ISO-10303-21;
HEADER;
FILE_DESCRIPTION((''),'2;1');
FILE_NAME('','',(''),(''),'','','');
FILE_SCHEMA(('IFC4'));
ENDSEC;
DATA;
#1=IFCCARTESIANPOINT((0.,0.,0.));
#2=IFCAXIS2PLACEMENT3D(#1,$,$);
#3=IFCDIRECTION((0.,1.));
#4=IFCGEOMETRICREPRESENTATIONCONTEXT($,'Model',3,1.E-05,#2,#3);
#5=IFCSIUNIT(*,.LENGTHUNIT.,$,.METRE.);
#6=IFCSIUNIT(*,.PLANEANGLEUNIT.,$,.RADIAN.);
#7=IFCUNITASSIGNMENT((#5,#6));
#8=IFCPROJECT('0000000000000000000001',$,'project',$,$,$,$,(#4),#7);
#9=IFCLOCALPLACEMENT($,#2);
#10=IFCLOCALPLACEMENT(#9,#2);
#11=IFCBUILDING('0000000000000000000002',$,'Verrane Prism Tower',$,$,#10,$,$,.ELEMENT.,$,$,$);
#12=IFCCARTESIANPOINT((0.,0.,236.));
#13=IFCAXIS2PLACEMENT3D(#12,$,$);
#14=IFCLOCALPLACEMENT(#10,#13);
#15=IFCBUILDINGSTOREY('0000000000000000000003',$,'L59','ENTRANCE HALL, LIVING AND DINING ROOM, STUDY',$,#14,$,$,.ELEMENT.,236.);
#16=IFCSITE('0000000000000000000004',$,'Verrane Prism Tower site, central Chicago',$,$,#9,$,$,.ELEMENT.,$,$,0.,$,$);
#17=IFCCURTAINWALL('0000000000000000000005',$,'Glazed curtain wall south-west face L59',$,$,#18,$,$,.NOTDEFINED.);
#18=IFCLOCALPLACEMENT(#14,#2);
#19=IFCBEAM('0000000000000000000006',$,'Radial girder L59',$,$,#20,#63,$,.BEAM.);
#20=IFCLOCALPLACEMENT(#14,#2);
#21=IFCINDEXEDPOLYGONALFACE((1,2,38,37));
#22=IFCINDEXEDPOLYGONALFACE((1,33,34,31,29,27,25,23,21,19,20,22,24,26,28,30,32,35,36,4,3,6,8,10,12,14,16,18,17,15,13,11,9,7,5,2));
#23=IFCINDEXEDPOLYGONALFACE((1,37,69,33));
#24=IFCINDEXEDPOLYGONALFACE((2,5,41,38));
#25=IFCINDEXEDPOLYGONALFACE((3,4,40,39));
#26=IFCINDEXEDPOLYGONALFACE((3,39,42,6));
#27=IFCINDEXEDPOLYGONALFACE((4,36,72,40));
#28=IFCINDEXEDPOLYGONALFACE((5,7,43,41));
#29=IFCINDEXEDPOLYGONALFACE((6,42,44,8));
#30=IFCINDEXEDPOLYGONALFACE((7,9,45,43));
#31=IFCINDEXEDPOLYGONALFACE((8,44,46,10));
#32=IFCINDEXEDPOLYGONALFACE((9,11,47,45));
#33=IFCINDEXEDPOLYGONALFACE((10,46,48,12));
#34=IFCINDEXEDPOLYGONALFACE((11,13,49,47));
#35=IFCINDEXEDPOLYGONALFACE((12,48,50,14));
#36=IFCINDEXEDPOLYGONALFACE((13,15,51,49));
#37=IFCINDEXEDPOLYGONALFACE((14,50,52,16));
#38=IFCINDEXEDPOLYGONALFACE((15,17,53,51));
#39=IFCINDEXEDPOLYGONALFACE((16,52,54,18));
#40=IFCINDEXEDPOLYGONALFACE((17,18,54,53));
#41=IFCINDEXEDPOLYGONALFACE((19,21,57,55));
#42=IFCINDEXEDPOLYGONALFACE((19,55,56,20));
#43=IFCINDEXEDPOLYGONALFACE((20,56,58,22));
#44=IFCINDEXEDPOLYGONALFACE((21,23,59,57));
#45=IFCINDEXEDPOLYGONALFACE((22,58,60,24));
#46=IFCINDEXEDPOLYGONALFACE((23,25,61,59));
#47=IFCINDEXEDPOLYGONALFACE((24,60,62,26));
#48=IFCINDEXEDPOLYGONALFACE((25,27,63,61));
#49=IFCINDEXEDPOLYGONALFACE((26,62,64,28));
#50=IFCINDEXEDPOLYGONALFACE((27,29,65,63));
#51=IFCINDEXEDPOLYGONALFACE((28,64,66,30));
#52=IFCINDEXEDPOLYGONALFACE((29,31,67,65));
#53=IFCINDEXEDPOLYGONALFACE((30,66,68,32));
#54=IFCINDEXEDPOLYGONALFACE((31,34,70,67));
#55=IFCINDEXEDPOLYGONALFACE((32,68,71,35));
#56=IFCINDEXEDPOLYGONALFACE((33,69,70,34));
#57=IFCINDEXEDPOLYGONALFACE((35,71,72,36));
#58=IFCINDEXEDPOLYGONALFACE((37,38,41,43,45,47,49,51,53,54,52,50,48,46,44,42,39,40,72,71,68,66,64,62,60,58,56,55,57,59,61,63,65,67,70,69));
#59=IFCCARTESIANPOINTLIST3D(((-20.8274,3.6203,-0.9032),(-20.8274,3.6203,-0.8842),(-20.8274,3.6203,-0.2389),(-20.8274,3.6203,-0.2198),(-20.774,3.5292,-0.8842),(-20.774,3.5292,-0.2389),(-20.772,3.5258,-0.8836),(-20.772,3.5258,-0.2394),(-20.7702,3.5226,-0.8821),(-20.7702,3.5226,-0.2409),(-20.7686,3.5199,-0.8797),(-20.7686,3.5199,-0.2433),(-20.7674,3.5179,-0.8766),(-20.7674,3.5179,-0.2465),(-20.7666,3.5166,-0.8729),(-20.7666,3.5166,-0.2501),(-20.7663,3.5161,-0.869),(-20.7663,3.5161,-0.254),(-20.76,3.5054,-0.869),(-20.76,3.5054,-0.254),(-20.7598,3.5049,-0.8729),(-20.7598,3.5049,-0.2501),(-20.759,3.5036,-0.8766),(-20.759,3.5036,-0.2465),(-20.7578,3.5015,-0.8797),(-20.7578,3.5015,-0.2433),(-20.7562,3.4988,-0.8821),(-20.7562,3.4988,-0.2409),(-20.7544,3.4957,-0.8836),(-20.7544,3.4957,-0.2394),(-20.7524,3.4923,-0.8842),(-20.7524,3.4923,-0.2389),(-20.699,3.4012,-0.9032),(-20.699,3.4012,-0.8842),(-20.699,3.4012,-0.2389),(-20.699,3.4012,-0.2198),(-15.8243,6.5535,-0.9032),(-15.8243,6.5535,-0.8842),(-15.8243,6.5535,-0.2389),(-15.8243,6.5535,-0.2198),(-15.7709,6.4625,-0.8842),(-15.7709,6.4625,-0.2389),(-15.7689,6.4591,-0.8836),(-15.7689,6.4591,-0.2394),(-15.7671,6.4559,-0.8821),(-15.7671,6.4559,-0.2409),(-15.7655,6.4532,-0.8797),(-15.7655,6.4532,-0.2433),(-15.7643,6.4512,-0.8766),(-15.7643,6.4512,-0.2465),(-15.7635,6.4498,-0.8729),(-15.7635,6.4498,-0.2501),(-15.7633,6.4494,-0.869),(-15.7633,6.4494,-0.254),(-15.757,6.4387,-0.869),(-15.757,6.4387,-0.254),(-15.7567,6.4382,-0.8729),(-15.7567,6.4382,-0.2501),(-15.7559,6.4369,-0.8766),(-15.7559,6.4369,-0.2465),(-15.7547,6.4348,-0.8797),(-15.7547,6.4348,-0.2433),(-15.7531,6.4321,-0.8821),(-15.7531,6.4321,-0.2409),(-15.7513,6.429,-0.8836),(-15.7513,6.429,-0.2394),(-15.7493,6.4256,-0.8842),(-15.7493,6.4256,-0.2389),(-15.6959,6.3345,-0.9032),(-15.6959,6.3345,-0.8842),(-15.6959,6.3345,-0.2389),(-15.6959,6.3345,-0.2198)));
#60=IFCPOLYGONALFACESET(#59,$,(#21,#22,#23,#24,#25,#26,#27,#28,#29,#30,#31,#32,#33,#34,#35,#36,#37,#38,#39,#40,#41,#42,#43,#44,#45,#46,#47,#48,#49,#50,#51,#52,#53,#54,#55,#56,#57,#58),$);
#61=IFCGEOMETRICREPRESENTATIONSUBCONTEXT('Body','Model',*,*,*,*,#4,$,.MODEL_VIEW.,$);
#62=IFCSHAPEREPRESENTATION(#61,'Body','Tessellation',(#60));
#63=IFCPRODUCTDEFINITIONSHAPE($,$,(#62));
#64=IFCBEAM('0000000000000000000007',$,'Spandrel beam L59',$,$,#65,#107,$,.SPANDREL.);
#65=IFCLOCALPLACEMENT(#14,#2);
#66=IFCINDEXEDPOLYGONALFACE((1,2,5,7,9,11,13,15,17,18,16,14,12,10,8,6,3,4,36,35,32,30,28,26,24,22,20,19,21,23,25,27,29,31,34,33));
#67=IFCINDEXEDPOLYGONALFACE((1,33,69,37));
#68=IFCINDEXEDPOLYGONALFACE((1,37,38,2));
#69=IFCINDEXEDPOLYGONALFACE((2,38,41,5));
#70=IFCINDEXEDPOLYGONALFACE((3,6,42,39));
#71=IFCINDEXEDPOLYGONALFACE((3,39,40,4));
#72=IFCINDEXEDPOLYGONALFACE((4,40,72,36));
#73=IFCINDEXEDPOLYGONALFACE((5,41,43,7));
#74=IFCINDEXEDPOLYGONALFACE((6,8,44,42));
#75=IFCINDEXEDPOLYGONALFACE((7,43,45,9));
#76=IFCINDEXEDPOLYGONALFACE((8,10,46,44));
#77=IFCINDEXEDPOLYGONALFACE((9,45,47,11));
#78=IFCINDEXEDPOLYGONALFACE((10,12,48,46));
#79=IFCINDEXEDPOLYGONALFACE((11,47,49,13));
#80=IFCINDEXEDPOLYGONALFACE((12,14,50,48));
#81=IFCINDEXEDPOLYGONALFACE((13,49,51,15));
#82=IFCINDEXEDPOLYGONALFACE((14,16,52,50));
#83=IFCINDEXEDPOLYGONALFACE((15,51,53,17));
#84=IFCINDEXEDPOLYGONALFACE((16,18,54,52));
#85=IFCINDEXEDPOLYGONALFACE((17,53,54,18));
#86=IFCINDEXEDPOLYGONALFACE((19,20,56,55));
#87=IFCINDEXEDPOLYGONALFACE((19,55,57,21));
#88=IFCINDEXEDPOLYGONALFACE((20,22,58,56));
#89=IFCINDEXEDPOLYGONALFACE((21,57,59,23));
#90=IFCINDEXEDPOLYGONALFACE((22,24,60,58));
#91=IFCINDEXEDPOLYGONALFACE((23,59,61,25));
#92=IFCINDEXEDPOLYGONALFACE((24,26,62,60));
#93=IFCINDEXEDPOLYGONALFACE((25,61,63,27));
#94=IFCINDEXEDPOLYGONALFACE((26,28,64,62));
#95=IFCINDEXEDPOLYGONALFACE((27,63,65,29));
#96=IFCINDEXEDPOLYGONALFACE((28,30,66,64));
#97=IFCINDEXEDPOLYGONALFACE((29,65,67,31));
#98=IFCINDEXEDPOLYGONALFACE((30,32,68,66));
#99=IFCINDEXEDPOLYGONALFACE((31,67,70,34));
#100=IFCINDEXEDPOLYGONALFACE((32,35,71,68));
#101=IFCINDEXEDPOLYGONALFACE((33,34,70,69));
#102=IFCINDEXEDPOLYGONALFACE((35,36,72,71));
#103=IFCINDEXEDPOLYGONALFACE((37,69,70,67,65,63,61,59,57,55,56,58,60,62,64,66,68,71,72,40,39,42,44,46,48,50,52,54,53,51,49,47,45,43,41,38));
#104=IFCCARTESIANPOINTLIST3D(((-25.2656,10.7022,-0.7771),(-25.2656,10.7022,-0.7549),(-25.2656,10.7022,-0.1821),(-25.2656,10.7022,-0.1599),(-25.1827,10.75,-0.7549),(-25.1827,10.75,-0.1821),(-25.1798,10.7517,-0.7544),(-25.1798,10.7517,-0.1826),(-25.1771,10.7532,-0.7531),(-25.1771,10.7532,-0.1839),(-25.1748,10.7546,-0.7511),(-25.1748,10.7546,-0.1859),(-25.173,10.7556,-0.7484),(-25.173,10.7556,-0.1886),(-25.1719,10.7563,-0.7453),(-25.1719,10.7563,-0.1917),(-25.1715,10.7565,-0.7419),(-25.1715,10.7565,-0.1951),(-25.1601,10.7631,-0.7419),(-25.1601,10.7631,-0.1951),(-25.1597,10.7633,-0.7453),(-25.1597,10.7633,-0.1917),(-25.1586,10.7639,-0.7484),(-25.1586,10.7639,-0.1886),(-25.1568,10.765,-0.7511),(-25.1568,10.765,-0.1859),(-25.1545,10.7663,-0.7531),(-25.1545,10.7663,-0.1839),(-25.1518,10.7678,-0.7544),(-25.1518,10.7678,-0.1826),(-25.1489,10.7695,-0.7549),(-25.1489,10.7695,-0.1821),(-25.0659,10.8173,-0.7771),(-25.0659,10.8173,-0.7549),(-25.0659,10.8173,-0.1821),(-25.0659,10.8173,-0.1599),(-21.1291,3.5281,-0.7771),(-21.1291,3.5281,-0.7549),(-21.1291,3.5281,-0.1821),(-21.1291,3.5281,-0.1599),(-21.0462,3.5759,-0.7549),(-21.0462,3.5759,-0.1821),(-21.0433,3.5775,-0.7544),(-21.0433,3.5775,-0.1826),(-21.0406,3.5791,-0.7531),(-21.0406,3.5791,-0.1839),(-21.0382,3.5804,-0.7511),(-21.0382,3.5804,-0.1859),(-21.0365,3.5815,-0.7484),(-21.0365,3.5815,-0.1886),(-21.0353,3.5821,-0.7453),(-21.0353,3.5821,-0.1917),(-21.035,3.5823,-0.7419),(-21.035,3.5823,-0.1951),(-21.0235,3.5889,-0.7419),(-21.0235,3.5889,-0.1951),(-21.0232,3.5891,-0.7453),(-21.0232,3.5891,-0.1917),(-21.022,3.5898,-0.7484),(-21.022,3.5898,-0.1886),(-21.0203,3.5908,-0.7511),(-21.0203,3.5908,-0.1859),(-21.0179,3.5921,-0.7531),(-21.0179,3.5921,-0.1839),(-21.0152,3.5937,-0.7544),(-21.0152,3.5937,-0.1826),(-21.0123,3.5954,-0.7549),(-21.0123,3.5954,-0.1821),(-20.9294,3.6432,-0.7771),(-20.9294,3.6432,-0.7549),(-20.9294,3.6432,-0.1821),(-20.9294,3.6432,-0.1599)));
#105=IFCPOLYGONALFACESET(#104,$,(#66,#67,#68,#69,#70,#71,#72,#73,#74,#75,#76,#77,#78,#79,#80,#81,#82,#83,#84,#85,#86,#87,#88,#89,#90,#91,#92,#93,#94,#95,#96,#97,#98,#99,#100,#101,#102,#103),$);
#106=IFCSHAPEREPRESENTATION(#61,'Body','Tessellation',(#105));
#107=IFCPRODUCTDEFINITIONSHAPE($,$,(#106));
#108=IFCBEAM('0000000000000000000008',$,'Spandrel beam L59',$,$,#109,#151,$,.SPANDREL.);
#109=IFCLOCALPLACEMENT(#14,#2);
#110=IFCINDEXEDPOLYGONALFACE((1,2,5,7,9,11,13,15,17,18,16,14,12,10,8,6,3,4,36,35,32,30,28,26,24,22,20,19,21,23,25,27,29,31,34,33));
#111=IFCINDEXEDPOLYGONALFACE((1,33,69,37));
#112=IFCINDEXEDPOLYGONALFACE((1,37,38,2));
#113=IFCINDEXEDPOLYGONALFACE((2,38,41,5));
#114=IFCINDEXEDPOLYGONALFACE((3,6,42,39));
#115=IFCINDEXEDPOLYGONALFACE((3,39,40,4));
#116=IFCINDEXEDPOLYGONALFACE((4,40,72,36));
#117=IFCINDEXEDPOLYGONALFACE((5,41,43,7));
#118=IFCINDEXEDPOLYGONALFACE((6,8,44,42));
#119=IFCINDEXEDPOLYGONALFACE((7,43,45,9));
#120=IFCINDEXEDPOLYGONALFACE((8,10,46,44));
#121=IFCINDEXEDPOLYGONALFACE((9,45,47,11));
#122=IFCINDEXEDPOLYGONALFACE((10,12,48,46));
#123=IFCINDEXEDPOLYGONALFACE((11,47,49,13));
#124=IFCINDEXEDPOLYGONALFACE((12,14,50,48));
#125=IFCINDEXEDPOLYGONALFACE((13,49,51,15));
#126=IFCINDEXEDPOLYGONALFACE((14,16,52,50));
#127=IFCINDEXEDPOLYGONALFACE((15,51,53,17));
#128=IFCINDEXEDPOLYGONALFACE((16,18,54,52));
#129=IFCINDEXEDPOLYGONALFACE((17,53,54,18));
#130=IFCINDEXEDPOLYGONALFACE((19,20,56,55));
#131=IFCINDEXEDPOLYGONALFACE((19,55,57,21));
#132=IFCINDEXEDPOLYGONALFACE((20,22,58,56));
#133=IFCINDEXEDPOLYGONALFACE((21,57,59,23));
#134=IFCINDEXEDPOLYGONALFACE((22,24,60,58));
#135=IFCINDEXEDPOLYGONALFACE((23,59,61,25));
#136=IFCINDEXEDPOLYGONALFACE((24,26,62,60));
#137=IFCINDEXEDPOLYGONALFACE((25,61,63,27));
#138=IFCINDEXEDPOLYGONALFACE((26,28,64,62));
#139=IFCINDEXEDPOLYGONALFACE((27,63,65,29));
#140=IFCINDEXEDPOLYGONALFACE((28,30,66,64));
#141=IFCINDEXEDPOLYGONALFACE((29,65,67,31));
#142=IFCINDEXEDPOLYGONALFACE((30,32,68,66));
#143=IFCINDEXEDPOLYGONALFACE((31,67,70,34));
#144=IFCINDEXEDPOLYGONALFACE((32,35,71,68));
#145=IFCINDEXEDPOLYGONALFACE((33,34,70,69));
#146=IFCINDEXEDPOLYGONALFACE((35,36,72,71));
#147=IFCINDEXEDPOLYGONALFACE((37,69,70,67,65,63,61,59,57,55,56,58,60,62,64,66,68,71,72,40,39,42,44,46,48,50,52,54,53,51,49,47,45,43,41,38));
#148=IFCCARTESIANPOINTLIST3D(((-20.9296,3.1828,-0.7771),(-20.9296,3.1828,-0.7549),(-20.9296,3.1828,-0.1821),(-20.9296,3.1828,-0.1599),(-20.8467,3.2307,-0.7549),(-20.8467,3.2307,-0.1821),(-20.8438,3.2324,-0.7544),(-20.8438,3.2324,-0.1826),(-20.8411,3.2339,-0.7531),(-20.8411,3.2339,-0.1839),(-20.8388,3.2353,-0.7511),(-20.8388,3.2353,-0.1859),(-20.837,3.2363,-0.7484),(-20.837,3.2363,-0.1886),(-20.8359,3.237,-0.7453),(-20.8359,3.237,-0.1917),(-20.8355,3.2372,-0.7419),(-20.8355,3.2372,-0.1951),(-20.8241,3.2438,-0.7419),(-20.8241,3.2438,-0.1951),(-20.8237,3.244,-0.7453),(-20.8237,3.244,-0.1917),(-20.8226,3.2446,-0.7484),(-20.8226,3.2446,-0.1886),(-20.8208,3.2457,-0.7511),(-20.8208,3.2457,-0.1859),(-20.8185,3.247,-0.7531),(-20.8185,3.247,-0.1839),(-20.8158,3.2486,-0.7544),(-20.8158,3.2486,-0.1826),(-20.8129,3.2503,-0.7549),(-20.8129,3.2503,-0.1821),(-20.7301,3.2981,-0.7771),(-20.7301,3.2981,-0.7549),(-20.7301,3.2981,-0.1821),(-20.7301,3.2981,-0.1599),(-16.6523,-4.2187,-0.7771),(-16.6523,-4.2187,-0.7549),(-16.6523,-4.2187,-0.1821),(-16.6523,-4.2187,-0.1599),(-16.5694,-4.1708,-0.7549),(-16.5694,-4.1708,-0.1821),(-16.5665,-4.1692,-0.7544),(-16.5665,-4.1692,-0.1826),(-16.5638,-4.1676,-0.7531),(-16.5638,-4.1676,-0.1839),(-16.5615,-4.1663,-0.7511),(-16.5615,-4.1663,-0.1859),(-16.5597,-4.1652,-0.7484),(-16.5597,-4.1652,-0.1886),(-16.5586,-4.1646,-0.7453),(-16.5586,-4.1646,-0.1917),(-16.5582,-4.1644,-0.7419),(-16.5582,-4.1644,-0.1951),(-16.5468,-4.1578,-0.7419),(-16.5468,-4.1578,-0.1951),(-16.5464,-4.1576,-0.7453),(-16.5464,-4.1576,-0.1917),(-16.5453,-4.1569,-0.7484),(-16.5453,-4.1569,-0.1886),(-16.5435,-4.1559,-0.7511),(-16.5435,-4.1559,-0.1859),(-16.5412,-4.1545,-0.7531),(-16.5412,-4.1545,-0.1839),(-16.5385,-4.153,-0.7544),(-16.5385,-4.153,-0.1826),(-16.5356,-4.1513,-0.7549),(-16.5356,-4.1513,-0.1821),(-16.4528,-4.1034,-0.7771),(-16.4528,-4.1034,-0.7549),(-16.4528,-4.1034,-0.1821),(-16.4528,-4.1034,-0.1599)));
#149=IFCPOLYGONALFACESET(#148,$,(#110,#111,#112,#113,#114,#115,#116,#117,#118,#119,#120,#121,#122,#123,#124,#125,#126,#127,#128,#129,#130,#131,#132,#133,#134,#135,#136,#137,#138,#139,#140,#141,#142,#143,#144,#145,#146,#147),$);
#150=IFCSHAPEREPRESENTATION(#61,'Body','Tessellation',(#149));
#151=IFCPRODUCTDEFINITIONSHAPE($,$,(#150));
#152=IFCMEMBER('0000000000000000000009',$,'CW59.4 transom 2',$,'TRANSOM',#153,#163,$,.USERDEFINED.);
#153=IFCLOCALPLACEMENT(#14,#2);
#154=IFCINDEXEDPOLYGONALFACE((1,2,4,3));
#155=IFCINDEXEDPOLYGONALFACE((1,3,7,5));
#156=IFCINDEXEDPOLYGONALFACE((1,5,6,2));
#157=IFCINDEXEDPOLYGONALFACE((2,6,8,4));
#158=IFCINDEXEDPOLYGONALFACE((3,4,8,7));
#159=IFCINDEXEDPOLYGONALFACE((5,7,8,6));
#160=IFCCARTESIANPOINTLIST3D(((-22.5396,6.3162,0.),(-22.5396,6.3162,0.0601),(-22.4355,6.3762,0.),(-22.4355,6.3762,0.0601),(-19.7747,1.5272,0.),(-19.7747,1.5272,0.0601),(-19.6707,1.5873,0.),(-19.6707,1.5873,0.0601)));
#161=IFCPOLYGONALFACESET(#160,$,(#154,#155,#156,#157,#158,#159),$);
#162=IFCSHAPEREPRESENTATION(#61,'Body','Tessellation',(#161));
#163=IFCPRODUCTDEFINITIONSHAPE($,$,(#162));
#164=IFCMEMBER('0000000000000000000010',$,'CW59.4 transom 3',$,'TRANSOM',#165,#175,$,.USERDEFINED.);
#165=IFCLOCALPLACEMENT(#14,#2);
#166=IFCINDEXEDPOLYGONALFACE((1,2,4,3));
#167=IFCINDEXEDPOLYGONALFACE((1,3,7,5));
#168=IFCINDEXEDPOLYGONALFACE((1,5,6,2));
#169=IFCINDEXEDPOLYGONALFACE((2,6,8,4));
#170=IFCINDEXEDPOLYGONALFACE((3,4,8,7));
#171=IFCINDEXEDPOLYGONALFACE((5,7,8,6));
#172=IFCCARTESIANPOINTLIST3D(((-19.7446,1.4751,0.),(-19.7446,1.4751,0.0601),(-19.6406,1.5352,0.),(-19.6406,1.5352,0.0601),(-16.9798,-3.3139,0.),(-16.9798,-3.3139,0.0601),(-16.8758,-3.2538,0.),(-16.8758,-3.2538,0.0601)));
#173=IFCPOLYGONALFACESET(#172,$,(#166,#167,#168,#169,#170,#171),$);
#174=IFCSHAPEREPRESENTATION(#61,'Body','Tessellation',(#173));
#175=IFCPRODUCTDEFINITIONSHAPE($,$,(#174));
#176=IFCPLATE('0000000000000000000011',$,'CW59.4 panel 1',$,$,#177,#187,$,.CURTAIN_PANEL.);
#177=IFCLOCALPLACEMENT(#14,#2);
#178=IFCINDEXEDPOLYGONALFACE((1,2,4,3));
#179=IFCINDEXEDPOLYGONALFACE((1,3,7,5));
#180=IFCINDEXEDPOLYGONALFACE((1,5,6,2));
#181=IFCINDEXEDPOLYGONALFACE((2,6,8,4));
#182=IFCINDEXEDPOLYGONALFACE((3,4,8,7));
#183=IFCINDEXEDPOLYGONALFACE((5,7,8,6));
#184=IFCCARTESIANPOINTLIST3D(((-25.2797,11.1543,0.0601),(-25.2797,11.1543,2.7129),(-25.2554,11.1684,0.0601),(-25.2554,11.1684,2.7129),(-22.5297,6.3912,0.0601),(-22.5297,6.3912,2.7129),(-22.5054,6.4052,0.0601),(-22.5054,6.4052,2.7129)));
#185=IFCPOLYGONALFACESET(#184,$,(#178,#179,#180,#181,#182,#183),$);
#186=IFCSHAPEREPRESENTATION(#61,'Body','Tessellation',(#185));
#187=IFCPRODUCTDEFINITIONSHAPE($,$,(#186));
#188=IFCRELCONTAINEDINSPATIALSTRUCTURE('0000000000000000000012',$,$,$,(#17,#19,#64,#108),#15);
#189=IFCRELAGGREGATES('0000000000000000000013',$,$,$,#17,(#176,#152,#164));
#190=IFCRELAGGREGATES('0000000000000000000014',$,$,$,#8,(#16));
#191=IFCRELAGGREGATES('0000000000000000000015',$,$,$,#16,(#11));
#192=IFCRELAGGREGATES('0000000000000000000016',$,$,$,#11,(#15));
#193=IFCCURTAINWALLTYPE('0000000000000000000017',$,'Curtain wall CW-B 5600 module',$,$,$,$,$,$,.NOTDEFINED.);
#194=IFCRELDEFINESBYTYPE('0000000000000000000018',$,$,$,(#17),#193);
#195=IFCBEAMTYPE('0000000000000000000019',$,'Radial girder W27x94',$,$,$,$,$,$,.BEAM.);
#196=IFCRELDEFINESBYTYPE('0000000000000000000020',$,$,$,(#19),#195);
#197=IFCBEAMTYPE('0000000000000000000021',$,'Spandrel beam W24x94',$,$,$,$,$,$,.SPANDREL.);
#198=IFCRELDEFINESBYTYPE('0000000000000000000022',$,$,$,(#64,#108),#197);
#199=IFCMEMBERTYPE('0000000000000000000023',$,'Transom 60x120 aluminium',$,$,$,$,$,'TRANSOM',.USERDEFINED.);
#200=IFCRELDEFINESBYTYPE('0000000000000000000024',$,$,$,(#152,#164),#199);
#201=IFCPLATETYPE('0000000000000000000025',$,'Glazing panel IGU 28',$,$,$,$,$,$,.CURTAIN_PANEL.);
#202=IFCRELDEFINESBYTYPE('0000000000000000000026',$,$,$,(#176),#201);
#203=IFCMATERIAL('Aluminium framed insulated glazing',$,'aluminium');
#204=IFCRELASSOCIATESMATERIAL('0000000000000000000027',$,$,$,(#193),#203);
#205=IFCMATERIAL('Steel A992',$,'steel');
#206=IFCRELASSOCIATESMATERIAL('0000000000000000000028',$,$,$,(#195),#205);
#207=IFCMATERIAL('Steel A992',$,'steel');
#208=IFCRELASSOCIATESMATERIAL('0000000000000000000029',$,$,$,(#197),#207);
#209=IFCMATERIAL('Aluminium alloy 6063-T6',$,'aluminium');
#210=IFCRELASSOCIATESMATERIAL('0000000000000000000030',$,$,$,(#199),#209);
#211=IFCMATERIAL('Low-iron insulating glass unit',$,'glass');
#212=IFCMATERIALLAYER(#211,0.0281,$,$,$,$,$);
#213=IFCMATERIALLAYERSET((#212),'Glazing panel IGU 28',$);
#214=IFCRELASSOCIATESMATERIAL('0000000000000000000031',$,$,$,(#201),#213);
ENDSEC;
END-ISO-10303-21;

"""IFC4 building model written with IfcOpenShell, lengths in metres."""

from ifc_helpers import new_model, si_unit, direction, frame, origin, origin_2d, place, context, subcontext, project, spatial, rectangle, i_section, extrude, material, layer, layer_set, material_profile, profile_set, type_object, element, aggregate, save


model = new_model("IFC4")

# Units and contexts
model_context = context("Model", 3, precision=1e-05, world=origin(), true_north=direction((0.0, 1.0)))
body_context = subcontext(model_context, "Body", "Model", "MODEL_VIEW")
ifc_project = project(units=[si_unit("LENGTHUNIT", "METRE"), si_unit("PLANEANGLEUNIT", "RADIAN")], contexts=[model_context])

# Site, building, storey
site_placement = place(None, origin())
site = spatial("IfcSite", under=ifc_project, at=site_placement, Name="Verrane Prism Tower site, central Chicago", CompositionType="ELEMENT", RefElevation=0.0)
building_placement = place(site_placement, origin())
building = spatial("IfcBuilding", under=site, at=building_placement, Name="Verrane Prism Tower", CompositionType="ELEMENT")
storey_placement = place(building_placement, frame((0.0, 0.0, 236.0)))
storey = spatial("IfcBuildingStorey", under=building, at=storey_placement, Name="L59", Description="ENTRANCE HALL, LIVING AND DINING ROOM, STUDY", CompositionType="ELEMENT", Elevation=236.0)

# Curtain wall
ifc_material_1 = material(Name="Aluminium framed insulated glazing", Category="aluminium")
curtain_wall_type = type_object("IfcCurtainWallType", Name="Curtain wall CW-B 5600 module", PredefinedType="NOTDEFINED", material=ifc_material_1)
curtain_wall_placement = place(storey_placement, origin())
curtain_wall = element("IfcCurtainWall", 1, at=curtain_wall_placement, inside=storey, type_object=curtain_wall_type, Name="Glazed curtain wall south-west face L59", PredefinedType="NOTDEFINED")

# Beams
ifc_material_2 = material(Name="Steel A992", Category="steel")
ifc_material_profile_1 = material_profile(ifc_material_2, i_section(OverallWidth=0.2539, OverallDepth=0.6833, WebThickness=0.0125, FlangeThickness=0.019, FilletRadius=0.0151, at=origin_2d()), Name="W27x94")
ifc_profile_set_1 = profile_set([ifc_material_profile_1], Name="Steel A992")
beam_type_1 = type_object("IfcBeamType", Name="Radial girder W27x94", PredefinedType="BEAM", material=ifc_profile_set_1)
beam_1_placement = place(storey_placement, frame((-20.7632, 3.5107, -0.5615), z_axis=(0.862664, 0.505778, 0.0), x_axis=(-0.505778, 0.862664, 0.0)))
element("IfcBeam", 2, at=beam_1_placement, inside=storey, type_object=beam_type_1, Name="Radial girder L59", PredefinedType="BEAM", context=body_context, shape_type="SweptSolid", body=[
    extrude(i_section(OverallWidth=0.2539, OverallDepth=0.6833, WebThickness=0.0125, FlangeThickness=0.019, FilletRadius=0.0151, at=origin_2d()), origin(), (0.0, 0.0, 1.0), 5.7996),
])
ifc_material_3 = material(Name="Steel A992", Category="steel")
ifc_material_profile_2 = material_profile(ifc_material_3, i_section(OverallWidth=0.2305, OverallDepth=0.6172, WebThickness=0.0132, FlangeThickness=0.0222, FilletRadius=0.0129, at=origin_2d()), Name="W24x94")
ifc_profile_set_2 = profile_set([ifc_material_profile_2], Name="Steel A992")
beam_type_2 = type_object("IfcBeamType", Name="Spandrel beam W24x94", PredefinedType="SPANDREL", material=ifc_profile_set_2)
beam_2_placement = place(storey_placement, frame((-25.1658, 10.7598, -0.4685), z_axis=(0.499504, -0.866312, 0.0), x_axis=(0.866312, 0.499504, 0.0)))
element("IfcBeam", 3, at=beam_2_placement, inside=storey, type_object=beam_type_2, Name="Spandrel beam L59", PredefinedType="SPANDREL", context=body_context, shape_type="SweptSolid", body=[
    extrude(i_section(OverallWidth=0.2305, OverallDepth=0.6172, WebThickness=0.0132, FlangeThickness=0.0222, FilletRadius=0.0129, at=origin_2d()), origin(), (0.0, 0.0, 1.0), 8.2812),
])
beam_3_placement = place(storey_placement, frame((-20.8298, 3.2405, -0.4685), z_axis=(0.500353, -0.865822, 0.0), x_axis=(0.865822, 0.500353, 0.0)))
element("IfcBeam", 4, at=beam_3_placement, inside=storey, type_object=beam_type_2, Name="Spandrel beam L59", PredefinedType="SPANDREL", context=body_context, shape_type="SweptSolid", body=[
    extrude(i_section(OverallWidth=0.2305, OverallDepth=0.6172, WebThickness=0.0132, FlangeThickness=0.0222, FilletRadius=0.0129, at=origin_2d()), origin(), (0.0, 0.0, 1.0), 8.5486),
])

# Members
ifc_material_4 = material(Name="Aluminium alloy 6063-T6", Category="aluminium")
ifc_material_profile_3 = material_profile(ifc_material_4, rectangle(XDim=0.1201, YDim=0.0601, at=origin_2d()), Name="Transom 60x120 aluminium")
ifc_profile_set_3 = profile_set([ifc_material_profile_3], Name="Aluminium alloy 6063-T6")
member_type_1 = type_object("IfcMemberType", Name="Transom 60x120 aluminium", ElementType="TRANSOM", PredefinedType="USERDEFINED", material=ifc_profile_set_3)
member_1_placement = place(storey_placement, frame((-22.4875, 6.3462, 0.03), z_axis=(0.49999, -0.866031, 0.0), x_axis=(0.866031, 0.49999, 0.0)))
member_1 = element("IfcMember", 5, at=member_1_placement, type_object=member_type_1, Name="CW59.4 transom 2", ObjectType="TRANSOM", PredefinedType="USERDEFINED", context=body_context, shape_type="SweptSolid", body=[
    extrude(rectangle(XDim=0.1201, YDim=0.0601, at=origin_2d()), origin(), (0.0, 0.0, 1.0), 5.5298),
])
member_2_placement = place(storey_placement, frame((-19.6926, 1.5051, 0.03), z_axis=(0.49999, -0.866031, 0.0), x_axis=(0.866031, 0.49999, 0.0)))
member_2 = element("IfcMember", 6, at=member_2_placement, type_object=member_type_1, Name="CW59.4 transom 3", ObjectType="TRANSOM", PredefinedType="USERDEFINED", context=body_context, shape_type="SweptSolid", body=[
    extrude(rectangle(XDim=0.1201, YDim=0.0601, at=origin_2d()), origin(), (0.0, 0.0, 1.0), 5.5298),
])

# Plate
ifc_material_5 = material(Name="Low-iron insulating glass unit", Category="glass")
ifc_layer_1 = layer(ifc_material_5, 0.0281)
ifc_layer_set_1 = layer_set([ifc_layer_1], Name="Glazing panel IGU 28")
plate_type = type_object("IfcPlateType", Name="Glazing panel IGU 28", PredefinedType="CURTAIN_PANEL", material=ifc_layer_set_1)
plate_1_placement = place(storey_placement, frame((-23.8926, 8.7798, 0.0601), z_axis=(0.0, 0.0, 1.0), x_axis=(0.499999, -0.866026, 0.0)))
plate_1 = element("IfcPlate", 7, at=plate_1_placement, type_object=plate_type, Name="CW59.4 panel 1", PredefinedType="CURTAIN_PANEL", context=body_context, shape_type="SweptSolid", body=[
    extrude(rectangle(XDim=5.5, YDim=0.0281, at=origin_2d()), origin(), (0.0, 0.0, 1.0), 2.6528),
])
aggregate(curtain_wall, [plate_1, member_1, member_2])

save(model, "model.ifc")
